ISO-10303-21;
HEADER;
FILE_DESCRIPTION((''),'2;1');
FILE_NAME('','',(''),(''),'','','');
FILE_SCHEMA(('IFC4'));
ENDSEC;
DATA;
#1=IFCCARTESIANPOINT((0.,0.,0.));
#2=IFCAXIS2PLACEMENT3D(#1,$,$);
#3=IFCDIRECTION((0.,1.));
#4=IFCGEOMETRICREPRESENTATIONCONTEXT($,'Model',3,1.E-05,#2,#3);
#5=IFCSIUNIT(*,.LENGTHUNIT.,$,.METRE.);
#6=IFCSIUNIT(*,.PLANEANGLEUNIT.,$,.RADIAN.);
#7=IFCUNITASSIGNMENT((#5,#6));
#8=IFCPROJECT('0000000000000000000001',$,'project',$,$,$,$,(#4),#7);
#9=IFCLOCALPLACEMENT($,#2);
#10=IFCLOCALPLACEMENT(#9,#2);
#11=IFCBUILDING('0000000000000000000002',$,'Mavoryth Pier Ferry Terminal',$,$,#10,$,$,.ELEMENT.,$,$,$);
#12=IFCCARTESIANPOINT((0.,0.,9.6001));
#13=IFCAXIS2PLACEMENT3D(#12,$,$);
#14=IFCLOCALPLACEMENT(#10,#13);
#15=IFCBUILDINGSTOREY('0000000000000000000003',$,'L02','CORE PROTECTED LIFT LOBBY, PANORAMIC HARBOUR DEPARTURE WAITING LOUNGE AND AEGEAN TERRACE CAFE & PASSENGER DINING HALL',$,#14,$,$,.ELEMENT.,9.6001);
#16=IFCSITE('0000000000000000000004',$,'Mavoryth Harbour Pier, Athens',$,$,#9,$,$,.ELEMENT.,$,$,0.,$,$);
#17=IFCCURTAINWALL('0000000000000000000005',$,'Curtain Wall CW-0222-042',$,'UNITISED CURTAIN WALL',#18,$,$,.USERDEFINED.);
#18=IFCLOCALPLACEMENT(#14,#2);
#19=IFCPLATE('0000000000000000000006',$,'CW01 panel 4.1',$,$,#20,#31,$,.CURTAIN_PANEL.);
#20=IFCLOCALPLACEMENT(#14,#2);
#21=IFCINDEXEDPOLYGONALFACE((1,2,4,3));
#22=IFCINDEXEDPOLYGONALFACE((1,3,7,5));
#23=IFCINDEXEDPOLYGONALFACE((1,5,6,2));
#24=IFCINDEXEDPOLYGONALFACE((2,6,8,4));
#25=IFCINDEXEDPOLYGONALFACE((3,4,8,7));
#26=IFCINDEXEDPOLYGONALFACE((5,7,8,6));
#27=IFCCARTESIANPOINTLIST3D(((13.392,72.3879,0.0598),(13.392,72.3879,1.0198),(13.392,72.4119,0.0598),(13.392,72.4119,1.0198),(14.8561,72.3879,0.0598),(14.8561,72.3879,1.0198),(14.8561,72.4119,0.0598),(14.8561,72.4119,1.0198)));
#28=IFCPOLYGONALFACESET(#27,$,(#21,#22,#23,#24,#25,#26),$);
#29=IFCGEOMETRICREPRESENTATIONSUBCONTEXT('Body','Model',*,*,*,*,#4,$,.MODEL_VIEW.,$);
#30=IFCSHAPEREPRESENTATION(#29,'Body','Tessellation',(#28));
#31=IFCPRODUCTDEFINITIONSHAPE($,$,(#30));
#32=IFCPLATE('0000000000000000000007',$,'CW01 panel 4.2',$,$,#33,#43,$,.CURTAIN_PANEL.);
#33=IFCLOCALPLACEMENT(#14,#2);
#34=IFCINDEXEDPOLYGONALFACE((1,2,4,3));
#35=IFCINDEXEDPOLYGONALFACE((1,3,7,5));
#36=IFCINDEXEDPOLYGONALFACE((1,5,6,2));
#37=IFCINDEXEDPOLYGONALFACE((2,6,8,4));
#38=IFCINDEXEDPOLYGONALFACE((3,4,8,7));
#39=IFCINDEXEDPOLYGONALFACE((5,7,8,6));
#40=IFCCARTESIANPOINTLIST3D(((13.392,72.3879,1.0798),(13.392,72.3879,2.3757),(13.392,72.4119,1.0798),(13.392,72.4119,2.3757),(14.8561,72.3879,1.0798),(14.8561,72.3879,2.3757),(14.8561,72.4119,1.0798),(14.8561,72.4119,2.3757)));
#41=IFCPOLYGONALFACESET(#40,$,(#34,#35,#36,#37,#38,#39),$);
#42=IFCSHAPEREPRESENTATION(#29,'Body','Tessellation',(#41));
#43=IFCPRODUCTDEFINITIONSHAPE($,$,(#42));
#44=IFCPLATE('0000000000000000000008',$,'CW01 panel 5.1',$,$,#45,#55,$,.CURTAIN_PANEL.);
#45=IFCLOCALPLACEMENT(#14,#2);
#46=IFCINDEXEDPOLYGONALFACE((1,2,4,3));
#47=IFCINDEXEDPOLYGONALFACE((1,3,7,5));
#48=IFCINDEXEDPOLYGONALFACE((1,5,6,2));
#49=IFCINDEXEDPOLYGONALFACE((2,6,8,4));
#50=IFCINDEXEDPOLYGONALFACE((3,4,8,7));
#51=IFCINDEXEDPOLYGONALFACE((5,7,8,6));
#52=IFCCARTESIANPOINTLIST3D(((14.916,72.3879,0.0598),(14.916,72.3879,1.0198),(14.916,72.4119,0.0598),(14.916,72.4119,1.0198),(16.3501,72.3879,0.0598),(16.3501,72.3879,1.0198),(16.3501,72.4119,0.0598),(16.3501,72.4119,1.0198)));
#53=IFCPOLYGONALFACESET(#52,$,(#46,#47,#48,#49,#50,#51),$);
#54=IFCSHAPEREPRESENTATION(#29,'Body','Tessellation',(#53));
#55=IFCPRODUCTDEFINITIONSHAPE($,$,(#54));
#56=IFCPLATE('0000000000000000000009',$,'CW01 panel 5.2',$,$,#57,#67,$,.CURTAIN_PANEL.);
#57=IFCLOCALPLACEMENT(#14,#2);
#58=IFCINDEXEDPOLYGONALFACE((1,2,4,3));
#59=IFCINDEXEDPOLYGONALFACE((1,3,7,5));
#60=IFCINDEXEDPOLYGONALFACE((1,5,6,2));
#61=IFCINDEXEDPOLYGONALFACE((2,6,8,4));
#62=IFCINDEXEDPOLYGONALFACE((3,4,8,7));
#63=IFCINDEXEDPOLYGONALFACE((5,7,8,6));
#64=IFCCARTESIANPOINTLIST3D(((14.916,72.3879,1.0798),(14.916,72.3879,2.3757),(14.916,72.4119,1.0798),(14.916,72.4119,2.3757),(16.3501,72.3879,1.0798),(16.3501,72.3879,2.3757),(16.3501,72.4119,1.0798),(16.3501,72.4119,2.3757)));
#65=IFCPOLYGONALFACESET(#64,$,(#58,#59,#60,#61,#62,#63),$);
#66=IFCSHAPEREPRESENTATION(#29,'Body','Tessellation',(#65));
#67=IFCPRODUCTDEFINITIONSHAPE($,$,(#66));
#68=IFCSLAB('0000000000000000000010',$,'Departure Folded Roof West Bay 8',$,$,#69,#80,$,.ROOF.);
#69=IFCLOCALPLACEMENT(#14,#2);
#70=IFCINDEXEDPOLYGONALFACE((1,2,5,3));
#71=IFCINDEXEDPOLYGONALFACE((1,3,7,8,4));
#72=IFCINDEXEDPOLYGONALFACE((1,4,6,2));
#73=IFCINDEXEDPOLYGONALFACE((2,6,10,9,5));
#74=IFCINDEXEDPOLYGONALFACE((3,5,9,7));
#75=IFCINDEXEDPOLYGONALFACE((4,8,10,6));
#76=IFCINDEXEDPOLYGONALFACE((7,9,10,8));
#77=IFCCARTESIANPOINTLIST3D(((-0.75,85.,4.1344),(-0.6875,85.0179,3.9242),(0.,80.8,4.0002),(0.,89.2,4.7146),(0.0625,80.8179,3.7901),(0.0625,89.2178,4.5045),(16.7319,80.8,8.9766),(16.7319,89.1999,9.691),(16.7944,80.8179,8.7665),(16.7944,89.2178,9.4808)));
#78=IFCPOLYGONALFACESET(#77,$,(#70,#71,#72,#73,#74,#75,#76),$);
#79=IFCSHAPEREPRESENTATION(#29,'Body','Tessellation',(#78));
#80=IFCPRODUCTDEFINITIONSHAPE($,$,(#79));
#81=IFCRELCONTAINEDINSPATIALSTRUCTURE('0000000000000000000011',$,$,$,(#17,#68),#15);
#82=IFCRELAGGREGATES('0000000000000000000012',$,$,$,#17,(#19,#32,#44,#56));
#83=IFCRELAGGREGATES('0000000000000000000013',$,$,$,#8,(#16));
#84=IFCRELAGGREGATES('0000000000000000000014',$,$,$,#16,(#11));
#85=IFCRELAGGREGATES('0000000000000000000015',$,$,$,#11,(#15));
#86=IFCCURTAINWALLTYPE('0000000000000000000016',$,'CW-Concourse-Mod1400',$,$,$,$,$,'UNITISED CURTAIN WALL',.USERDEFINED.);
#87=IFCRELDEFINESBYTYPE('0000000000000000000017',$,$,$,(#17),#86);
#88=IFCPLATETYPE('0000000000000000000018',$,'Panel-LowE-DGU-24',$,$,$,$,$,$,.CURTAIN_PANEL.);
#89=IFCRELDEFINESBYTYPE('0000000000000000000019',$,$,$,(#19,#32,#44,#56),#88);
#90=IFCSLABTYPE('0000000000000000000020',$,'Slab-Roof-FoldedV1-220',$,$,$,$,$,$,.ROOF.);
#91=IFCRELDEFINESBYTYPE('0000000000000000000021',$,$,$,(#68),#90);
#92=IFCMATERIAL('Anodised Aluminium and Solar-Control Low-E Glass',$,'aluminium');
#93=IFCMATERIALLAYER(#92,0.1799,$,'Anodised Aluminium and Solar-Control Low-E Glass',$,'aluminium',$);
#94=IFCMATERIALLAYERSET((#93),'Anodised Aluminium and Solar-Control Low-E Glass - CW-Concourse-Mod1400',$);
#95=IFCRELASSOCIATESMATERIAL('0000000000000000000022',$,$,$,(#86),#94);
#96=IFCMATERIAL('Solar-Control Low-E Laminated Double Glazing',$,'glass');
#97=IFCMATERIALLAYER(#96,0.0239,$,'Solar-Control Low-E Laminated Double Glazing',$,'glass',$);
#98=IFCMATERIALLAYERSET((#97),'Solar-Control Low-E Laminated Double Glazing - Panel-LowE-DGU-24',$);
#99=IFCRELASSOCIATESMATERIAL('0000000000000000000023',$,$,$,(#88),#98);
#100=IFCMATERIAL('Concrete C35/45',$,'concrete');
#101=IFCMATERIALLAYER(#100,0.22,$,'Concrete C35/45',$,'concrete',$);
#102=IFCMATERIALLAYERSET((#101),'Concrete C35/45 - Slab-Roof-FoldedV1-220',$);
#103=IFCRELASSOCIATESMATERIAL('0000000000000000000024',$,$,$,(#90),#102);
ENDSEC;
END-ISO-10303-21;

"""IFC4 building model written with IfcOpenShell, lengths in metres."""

from ifc_helpers import new_model, si_unit, direction, frame, origin, origin_2d, place, context, subcontext, project, spatial, polyline, rectangle, outline, extrude, material, layer, layer_set, type_object, element, aggregate, save


model = new_model("IFC4")

# Units and contexts
model_context = context("Model", 3, precision=1e-05, world=origin(), true_north=direction((0.0, 1.0)))
body_context = subcontext(model_context, "Body", "Model", "MODEL_VIEW")
ifc_project = project(units=[si_unit("LENGTHUNIT", "METRE"), si_unit("PLANEANGLEUNIT", "RADIAN")], contexts=[model_context])

# Site, building, storey
site_placement = place(None, origin())
site = spatial("IfcSite", under=ifc_project, at=site_placement, Name="Mavoryth Harbour Pier, Athens", CompositionType="ELEMENT", RefElevation=0.0)
building_placement = place(site_placement, origin())
building = spatial("IfcBuilding", under=site, at=building_placement, Name="Mavoryth Pier Ferry Terminal", CompositionType="ELEMENT")
storey_placement = place(building_placement, frame((0.0, 0.0, 9.6001)))
storey = spatial("IfcBuildingStorey", under=building, at=storey_placement, Name="L02", Description="CORE PROTECTED LIFT LOBBY, PANORAMIC HARBOUR DEPARTURE WAITING LOUNGE AND AEGEAN TERRACE CAFE & PASSENGER DINING HALL", CompositionType="ELEMENT", Elevation=9.6001)

# Shared definitions
ifc_material_1 = material(Name="Anodised Aluminium and Solar-Control Low-E Glass", Category="aluminium")
ifc_layer_1 = layer(ifc_material_1, 0.1799, Name="Anodised Aluminium and Solar-Control Low-E Glass", Category="aluminium")
ifc_layer_set_1 = layer_set([ifc_layer_1], Name="Anodised Aluminium and Solar-Control Low-E Glass - CW-Concourse-Mod1400")
curtain_wall_type = type_object("IfcCurtainWallType", Name="CW-Concourse-Mod1400", ElementType="UNITISED CURTAIN WALL", PredefinedType="USERDEFINED", material=ifc_layer_set_1)

# Curtain wall
curtain_wall_1_placement = place(storey_placement, origin())
curtain_wall_1 = element("IfcCurtainWall", 1, at=curtain_wall_1_placement, inside=storey, type_object=curtain_wall_type, Name="Curtain Wall CW-0222-042", ObjectType="UNITISED CURTAIN WALL", PredefinedType="USERDEFINED")

# Plates
ifc_material_2 = material(Name="Solar-Control Low-E Laminated Double Glazing", Category="glass")
ifc_layer_2 = layer(ifc_material_2, 0.0239, Name="Solar-Control Low-E Laminated Double Glazing", Category="glass")
ifc_layer_set_2 = layer_set([ifc_layer_2], Name="Solar-Control Low-E Laminated Double Glazing - Panel-LowE-DGU-24")
plate_type = type_object("IfcPlateType", Name="Panel-LowE-DGU-24", PredefinedType="CURTAIN_PANEL", material=ifc_layer_set_2)
plate_1_placement = place(storey_placement, frame((14.124, 72.3999, 0.0598), z_axis=(0.0, 0.0, 1.0), x_axis=(1.0, 0.0, 0.0)))
plate_1 = element("IfcPlate", 2, at=plate_1_placement, type_object=plate_type, Name="CW01 panel 4.1", PredefinedType="CURTAIN_PANEL", context=body_context, shape_type="SweptSolid", body=[
    extrude(rectangle(XDim=1.4641, YDim=0.0239, at=origin_2d()), origin(), (0.0, 0.0, 1.0), 0.96),
])
plate_2_placement = place(storey_placement, frame((14.124, 72.3999, 1.0798), z_axis=(0.0, 0.0, 1.0), x_axis=(1.0, 0.0, 0.0)))
plate_2 = element("IfcPlate", 3, at=plate_2_placement, type_object=plate_type, Name="CW01 panel 4.2", PredefinedType="CURTAIN_PANEL", context=body_context, shape_type="SweptSolid", body=[
    extrude(rectangle(XDim=1.4641, YDim=0.0239, at=origin_2d()), origin(), (0.0, 0.0, 1.0), 1.2959),
])
plate_3_placement = place(storey_placement, frame((15.6331, 72.3999, 0.0598), z_axis=(0.0, 0.0, 1.0), x_axis=(1.0, 0.0, 0.0)))
plate_3 = element("IfcPlate", 4, at=plate_3_placement, type_object=plate_type, Name="CW01 panel 5.1", PredefinedType="CURTAIN_PANEL", context=body_context, shape_type="SweptSolid", body=[
    extrude(rectangle(XDim=1.4341, YDim=0.0239, at=origin_2d()), origin(), (0.0, 0.0, 1.0), 0.96),
])
plate_4_placement = place(storey_placement, frame((15.6331, 72.3999, 1.0798), z_axis=(0.0, 0.0, 1.0), x_axis=(1.0, 0.0, 0.0)))
plate_4 = element("IfcPlate", 5, at=plate_4_placement, type_object=plate_type, Name="CW01 panel 5.2", PredefinedType="CURTAIN_PANEL", context=body_context, shape_type="SweptSolid", body=[
    extrude(rectangle(XDim=1.4341, YDim=0.0239, at=origin_2d()), origin(), (0.0, 0.0, 1.0), 1.2959),
])
aggregate(curtain_wall_1, [plate_1, plate_2, plate_3, plate_4])

# Slab
ifc_material_3 = material(Name="Concrete C35/45", Category="concrete")
ifc_layer_3 = layer(ifc_material_3, 0.22, Name="Concrete C35/45", Category="concrete")
ifc_layer_set_3 = layer_set([ifc_layer_3], Name="Concrete C35/45 - Slab-Roof-FoldedV1-220")
slab_type = type_object("IfcSlabType", Name="Slab-Roof-FoldedV1-220", PredefinedType="ROOF", material=ifc_layer_set_3)
slab_placement = place(storey_placement, frame((0.0, 80.8, 4.0002), z_axis=(-0.284133, -0.081245, 0.955336), x_axis=(0.958505, 0.0, 0.285076)))
element("IfcSlab", 6, at=slab_placement, inside=storey, type_object=slab_type, Name="Departure Folded Roof West Bay 8", PredefinedType="ROOF", context=body_context, shape_type="SweptSolid", body=[
    extrude(outline(polyline([(0.0, 0.0), (17.4563, 0.0), (17.6599, 8.4278), (0.2036, 8.4278), (-0.6807, 4.2139), (0.0, 0.0)])), origin(), (0.0, 0.0, -1.0), 0.22),
])

save(model, "model.ifc")
